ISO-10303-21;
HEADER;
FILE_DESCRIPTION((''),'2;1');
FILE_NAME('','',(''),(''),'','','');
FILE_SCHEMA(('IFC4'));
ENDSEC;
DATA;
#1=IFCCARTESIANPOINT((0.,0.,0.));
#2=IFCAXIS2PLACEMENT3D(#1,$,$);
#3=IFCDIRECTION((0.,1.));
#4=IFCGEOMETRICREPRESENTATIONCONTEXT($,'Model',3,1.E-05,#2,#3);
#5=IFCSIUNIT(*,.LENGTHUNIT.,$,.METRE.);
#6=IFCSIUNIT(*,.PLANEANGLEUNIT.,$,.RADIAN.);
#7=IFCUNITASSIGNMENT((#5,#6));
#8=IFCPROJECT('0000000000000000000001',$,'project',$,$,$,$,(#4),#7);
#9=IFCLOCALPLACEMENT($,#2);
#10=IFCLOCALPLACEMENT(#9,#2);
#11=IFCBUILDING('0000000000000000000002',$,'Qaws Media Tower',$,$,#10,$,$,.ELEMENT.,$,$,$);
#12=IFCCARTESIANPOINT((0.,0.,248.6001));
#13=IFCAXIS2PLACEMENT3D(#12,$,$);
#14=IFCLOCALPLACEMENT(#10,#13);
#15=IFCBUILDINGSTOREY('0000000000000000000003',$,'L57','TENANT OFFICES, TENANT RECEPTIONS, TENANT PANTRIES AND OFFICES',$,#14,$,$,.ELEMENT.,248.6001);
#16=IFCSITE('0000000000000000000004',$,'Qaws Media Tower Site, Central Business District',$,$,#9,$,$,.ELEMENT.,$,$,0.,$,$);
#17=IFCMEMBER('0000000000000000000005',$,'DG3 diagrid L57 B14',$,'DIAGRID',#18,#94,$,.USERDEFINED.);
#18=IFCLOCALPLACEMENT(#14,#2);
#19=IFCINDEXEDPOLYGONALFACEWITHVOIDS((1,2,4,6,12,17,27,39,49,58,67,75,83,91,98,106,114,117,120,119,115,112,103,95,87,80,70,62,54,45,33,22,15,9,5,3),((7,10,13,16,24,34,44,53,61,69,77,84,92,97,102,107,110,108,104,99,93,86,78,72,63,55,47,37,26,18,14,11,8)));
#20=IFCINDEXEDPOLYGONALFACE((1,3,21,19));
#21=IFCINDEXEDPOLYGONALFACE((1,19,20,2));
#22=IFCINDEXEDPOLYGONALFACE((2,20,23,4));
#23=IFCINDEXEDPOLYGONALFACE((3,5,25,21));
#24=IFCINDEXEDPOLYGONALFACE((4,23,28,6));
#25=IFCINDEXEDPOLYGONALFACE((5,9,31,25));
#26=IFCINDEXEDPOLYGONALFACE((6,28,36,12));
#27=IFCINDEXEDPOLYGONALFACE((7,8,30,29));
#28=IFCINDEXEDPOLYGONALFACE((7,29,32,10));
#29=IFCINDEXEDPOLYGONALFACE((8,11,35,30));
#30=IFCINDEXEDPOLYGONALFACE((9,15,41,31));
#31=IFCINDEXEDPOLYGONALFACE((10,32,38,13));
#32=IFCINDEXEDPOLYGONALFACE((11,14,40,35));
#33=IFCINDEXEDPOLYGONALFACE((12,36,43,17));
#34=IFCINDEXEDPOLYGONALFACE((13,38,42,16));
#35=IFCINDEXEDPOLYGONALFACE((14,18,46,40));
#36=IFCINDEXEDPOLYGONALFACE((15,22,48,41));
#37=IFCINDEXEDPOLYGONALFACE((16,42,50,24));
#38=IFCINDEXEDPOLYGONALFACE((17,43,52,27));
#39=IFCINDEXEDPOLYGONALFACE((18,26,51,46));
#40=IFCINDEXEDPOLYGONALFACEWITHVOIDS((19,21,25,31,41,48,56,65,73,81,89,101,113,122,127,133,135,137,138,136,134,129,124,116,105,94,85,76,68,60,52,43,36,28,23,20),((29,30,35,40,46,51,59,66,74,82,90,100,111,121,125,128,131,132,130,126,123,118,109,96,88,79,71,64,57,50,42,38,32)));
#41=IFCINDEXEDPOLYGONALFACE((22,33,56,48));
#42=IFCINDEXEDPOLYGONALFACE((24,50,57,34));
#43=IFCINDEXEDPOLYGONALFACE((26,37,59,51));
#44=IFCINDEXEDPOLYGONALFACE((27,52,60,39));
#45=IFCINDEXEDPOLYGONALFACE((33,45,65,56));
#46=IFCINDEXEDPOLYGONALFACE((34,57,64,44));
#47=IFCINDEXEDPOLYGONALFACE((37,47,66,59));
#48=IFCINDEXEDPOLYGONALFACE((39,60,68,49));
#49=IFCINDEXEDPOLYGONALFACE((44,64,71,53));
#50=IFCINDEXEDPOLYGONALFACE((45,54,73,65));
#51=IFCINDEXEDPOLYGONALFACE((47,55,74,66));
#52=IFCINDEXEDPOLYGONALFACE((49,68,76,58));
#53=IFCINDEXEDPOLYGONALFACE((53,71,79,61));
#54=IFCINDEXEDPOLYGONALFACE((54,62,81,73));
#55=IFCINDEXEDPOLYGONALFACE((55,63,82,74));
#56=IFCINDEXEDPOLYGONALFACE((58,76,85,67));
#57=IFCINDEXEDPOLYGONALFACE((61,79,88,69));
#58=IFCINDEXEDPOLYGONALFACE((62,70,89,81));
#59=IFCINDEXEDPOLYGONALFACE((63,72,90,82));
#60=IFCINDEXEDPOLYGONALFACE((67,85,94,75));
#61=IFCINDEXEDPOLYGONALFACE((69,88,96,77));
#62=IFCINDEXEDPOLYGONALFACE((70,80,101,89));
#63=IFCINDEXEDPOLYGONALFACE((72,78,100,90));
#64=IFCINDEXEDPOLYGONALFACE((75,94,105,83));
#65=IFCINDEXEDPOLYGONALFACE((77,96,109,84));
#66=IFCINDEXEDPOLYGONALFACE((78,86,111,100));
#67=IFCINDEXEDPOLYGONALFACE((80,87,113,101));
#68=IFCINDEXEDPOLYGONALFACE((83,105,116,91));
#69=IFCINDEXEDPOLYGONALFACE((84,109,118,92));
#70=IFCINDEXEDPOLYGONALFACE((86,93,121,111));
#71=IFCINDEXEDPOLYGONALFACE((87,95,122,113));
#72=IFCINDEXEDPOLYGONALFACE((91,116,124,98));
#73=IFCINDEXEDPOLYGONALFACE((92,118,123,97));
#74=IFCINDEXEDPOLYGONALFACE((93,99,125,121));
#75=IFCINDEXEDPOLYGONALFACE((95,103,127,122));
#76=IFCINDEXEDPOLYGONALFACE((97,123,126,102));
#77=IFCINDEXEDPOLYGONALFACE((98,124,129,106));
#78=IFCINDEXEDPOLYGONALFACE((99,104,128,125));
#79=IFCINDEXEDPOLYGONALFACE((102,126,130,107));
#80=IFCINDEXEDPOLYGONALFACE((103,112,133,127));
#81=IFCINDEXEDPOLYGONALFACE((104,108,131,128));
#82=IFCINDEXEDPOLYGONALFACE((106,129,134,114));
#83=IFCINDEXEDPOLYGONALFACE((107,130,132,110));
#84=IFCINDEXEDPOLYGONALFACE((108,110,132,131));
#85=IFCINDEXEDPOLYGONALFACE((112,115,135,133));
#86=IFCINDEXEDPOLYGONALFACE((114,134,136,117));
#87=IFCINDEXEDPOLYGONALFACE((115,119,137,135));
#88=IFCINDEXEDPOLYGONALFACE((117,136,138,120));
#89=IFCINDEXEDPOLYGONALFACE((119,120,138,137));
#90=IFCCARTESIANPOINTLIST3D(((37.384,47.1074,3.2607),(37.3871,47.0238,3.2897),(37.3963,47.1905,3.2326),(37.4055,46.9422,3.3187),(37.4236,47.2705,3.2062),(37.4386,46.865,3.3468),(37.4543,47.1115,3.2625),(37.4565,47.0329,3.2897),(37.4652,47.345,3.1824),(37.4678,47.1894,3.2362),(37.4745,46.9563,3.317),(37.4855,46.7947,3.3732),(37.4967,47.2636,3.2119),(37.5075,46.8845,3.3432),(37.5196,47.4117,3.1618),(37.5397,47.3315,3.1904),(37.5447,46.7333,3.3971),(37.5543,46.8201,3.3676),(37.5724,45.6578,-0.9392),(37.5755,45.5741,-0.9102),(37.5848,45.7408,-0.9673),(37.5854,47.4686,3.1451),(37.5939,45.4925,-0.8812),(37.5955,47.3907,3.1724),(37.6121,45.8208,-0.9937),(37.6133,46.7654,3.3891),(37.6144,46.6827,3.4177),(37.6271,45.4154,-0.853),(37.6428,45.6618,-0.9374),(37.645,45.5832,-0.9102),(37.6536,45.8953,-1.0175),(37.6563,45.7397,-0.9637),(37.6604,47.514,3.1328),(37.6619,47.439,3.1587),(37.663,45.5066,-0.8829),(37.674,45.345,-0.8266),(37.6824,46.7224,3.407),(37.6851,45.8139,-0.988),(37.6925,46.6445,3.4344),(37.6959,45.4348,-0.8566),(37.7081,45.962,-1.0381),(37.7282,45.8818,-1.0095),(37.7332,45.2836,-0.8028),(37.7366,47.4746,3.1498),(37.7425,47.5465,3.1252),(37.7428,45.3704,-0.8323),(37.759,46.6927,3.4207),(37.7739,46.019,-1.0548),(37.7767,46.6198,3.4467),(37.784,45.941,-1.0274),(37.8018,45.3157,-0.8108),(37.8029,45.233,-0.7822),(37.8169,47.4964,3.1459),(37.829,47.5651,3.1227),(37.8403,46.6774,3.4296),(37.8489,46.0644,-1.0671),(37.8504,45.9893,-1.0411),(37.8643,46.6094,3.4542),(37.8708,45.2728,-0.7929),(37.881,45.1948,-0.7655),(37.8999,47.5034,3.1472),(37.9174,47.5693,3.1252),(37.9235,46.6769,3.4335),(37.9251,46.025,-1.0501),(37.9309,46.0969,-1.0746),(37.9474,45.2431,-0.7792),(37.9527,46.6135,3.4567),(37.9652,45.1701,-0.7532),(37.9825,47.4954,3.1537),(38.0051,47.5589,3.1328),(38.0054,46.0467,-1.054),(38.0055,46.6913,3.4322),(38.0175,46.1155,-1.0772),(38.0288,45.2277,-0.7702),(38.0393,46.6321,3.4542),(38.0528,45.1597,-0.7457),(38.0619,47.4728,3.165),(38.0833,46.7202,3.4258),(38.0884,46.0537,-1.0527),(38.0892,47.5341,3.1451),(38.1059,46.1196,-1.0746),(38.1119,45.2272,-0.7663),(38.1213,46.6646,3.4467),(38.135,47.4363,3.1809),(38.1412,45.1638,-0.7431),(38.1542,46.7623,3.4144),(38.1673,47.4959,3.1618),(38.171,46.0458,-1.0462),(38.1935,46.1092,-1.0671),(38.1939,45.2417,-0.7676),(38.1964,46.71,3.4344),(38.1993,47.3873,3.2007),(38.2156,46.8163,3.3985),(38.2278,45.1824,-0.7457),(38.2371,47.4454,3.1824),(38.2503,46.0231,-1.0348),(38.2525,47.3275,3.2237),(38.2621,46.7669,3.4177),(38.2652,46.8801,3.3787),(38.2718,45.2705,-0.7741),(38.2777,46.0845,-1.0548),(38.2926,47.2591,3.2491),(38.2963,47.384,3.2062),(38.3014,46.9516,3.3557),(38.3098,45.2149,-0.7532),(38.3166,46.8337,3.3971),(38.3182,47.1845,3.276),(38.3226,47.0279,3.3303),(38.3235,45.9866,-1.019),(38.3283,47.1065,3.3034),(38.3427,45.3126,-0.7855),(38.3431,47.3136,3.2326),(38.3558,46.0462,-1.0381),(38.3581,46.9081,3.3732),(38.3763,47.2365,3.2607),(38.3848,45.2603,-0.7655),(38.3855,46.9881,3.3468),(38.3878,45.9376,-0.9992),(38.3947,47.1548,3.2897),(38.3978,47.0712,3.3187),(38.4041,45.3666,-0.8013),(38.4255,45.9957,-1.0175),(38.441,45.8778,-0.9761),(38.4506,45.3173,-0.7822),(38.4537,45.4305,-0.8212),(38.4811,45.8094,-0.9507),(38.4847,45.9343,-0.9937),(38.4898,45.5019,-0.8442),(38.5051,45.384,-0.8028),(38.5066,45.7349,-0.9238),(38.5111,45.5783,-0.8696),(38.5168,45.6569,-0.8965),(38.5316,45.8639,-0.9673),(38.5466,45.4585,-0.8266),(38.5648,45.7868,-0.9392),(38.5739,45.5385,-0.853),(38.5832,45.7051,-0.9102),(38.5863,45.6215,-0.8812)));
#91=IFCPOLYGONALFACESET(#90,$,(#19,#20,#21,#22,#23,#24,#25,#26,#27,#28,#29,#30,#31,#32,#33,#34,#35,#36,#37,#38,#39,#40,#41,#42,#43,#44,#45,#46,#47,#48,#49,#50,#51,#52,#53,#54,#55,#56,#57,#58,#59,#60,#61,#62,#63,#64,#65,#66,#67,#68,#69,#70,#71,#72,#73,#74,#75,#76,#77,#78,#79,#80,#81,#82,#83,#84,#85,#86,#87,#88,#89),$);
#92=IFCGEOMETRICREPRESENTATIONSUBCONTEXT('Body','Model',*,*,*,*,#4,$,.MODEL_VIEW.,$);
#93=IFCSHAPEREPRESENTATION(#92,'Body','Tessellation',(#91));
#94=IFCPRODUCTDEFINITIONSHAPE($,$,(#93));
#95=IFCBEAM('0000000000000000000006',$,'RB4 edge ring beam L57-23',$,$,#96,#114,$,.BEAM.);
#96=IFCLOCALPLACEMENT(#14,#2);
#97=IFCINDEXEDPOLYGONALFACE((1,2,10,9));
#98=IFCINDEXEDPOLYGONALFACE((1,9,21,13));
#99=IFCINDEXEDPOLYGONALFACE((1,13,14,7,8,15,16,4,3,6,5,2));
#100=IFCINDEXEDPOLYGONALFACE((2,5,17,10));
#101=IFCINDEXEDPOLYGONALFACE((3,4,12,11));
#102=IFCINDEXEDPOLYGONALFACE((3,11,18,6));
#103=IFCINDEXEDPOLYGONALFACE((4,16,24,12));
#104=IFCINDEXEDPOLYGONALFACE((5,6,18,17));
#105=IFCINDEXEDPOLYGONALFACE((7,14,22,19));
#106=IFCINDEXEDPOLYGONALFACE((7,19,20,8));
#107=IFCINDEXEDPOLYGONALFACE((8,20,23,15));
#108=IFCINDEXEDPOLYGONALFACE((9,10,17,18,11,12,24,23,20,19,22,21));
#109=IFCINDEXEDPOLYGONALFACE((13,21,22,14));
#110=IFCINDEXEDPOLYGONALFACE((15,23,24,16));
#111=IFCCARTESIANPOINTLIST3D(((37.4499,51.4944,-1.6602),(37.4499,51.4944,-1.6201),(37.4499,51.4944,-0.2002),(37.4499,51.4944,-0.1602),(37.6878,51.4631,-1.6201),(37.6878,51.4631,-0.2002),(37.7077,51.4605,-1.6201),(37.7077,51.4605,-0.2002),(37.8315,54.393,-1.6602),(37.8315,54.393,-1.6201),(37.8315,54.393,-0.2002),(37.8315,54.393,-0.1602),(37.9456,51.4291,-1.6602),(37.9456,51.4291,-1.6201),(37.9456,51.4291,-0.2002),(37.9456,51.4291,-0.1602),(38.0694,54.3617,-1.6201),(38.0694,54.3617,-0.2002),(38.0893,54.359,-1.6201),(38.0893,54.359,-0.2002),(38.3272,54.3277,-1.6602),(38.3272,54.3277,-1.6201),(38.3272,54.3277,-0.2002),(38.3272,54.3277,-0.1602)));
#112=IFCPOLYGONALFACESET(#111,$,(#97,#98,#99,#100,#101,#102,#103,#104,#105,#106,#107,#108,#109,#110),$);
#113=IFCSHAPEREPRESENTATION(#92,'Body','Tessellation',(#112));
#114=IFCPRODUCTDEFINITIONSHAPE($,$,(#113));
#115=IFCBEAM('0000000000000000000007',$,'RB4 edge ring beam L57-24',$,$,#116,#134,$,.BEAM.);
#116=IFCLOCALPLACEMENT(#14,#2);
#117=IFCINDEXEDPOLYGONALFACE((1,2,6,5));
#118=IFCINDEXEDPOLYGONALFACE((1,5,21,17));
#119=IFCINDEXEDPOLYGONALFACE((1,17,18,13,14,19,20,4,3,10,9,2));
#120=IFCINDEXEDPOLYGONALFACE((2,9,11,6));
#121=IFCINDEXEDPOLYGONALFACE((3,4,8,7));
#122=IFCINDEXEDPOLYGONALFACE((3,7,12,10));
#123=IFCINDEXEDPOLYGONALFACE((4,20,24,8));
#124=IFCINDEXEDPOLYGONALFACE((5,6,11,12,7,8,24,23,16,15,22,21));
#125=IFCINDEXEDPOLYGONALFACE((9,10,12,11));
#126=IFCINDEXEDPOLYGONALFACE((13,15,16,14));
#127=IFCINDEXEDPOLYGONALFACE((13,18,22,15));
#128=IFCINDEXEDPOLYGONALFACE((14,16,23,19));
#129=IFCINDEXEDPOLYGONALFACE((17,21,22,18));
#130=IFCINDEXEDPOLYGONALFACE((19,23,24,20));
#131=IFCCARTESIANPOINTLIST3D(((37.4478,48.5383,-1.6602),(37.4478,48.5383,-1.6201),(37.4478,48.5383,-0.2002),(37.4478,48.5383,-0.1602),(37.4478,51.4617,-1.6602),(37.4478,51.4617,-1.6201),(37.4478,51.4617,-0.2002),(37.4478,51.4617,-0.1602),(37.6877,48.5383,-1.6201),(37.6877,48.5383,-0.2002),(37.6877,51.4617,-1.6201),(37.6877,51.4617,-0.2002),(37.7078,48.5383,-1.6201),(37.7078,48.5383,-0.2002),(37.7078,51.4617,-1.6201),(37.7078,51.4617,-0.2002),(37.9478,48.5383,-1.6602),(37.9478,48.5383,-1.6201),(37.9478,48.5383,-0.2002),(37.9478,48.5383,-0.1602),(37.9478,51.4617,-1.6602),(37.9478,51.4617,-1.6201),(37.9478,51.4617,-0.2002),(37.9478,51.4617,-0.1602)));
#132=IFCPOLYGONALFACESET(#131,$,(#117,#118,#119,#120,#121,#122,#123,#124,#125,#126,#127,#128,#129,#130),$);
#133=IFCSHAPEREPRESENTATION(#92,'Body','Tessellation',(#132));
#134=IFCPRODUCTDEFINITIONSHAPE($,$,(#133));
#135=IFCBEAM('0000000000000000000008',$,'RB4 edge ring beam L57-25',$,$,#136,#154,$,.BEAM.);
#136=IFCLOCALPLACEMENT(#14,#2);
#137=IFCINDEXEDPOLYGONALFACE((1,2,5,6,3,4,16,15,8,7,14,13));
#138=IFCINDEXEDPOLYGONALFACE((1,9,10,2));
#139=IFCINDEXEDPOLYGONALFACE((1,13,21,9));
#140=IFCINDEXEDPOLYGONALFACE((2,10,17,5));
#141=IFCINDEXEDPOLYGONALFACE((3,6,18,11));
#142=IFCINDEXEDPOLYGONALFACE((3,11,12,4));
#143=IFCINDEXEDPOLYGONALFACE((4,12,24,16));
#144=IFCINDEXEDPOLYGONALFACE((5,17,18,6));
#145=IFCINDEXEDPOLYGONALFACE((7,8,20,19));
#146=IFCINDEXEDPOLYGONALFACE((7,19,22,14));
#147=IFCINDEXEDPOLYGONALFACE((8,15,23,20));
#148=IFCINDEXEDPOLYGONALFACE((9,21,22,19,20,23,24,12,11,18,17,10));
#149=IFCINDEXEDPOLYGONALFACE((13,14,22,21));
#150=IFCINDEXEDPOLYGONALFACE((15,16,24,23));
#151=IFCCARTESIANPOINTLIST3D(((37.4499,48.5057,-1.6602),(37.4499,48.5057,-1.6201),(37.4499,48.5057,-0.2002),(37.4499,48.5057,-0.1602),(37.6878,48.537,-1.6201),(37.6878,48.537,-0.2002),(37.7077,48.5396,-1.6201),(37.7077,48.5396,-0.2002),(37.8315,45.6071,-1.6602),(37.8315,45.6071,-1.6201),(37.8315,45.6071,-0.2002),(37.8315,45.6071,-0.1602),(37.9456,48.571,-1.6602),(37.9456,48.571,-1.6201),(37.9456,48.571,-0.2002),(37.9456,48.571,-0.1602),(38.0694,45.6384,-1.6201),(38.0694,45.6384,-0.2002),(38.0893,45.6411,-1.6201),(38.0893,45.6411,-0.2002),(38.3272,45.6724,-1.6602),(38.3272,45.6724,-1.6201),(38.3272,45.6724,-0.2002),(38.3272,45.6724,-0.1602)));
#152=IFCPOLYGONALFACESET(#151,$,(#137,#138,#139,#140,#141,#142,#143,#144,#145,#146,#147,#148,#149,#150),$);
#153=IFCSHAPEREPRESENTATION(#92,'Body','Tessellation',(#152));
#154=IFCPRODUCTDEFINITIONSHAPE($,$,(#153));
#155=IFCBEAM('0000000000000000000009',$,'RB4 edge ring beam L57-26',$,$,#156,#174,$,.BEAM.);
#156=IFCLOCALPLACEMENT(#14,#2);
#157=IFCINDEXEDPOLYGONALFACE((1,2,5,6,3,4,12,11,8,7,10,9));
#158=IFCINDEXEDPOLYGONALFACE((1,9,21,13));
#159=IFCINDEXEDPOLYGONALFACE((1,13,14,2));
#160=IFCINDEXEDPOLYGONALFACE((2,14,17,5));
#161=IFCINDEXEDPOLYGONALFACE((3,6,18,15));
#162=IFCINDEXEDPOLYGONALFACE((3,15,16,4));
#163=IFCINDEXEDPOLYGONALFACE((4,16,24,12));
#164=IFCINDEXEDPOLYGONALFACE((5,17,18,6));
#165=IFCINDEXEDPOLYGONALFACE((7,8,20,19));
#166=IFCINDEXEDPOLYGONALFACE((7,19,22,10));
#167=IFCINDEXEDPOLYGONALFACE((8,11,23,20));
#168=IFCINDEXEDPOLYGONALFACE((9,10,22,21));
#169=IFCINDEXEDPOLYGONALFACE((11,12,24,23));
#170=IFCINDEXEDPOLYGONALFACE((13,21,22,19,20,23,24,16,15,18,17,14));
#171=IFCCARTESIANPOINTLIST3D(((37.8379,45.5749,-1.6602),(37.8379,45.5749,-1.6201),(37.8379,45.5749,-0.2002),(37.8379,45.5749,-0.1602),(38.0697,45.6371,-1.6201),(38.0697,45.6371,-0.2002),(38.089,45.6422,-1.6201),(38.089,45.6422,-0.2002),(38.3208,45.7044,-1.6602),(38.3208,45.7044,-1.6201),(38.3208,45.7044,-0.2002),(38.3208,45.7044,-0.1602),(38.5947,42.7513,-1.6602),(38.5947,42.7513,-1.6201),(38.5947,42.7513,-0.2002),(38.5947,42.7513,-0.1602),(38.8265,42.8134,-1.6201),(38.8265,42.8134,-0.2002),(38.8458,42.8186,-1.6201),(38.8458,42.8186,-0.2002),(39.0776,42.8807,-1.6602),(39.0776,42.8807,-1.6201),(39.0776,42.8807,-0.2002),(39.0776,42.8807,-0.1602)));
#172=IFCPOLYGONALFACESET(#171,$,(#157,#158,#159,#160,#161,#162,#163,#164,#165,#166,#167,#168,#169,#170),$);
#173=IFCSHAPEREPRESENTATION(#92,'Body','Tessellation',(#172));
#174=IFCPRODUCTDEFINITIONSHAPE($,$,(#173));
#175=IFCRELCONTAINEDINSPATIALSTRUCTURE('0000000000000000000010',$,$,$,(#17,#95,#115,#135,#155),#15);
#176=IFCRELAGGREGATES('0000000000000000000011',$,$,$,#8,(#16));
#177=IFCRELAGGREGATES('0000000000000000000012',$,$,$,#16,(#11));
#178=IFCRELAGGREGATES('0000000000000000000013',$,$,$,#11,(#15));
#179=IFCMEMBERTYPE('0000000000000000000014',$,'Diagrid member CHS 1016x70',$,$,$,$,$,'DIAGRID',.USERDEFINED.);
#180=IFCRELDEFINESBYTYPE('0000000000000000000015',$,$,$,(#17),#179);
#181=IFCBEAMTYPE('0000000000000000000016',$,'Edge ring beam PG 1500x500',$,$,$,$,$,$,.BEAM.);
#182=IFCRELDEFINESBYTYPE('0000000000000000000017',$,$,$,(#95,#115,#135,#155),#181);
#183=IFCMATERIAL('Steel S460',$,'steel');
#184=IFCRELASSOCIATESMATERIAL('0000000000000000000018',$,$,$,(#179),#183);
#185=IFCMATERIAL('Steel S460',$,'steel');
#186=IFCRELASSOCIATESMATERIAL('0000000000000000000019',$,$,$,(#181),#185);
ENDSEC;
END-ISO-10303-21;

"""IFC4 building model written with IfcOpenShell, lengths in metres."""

from ifc_helpers import new_model, si_unit, direction, frame, origin, origin_2d, place, context, subcontext, project, spatial, hollow_circle, i_section, extrude, material, material_profile, profile_set, type_object, element, save


model = new_model("IFC4")

# Units and contexts
model_context = context("Model", 3, precision=1e-05, world=origin(), true_north=direction((0.0, 1.0)))
body_context = subcontext(model_context, "Body", "Model", "MODEL_VIEW")
ifc_project = project(units=[si_unit("LENGTHUNIT", "METRE"), si_unit("PLANEANGLEUNIT", "RADIAN")], contexts=[model_context])

# Site, building, storey
site_placement = place(None, origin())
site = spatial("IfcSite", under=ifc_project, at=site_placement, Name="Qaws Media Tower Site, Central Business District", CompositionType="ELEMENT", RefElevation=0.0)
building_placement = place(site_placement, origin())
building = spatial("IfcBuilding", under=site, at=building_placement, Name="Qaws Media Tower", CompositionType="ELEMENT")
storey_placement = place(building_placement, frame((0.0, 0.0, 248.6001)))
storey = spatial("IfcBuildingStorey", under=building, at=storey_placement, Name="L57", Description="TENANT OFFICES, TENANT RECEPTIONS, TENANT PANTRIES AND OFFICES", CompositionType="ELEMENT", Elevation=248.6001)

# Member
ifc_material_1 = material(Name="Steel S460", Category="steel")
ifc_material_profile_1 = material_profile(ifc_material_1, hollow_circle(Radius=0.5081, WallThickness=0.0701, at=origin_2d()), Name="CHS 1016x70")
ifc_profile_set_1 = profile_set([ifc_material_profile_1], Name="Steel S460")
member_type_1 = type_object("IfcMemberType", Name="Diagrid member CHS 1016x70", ElementType="DIAGRID", PredefinedType="USERDEFINED", material=ifc_profile_set_1)
for number, where, z_axis, x_axis, name in (
    (1, (38.0793, 45.6396, -0.9102), (-0.042382, 0.325989, 0.944423), (-0.991654, -0.128925, 0.0), "DG3 diagrid L57 B14"),
):
    element("IfcMember", number, at=place(storey_placement, frame(where, z_axis=z_axis, x_axis=x_axis)), inside=storey, type_object=member_type_1, Name=name, ObjectType="DIAGRID", PredefinedType="USERDEFINED", context=body_context, shape_type="SweptSolid", body=[
        extrude(hollow_circle(Radius=0.5081, WallThickness=0.0701, at=origin_2d()), origin(), (0.0, 0.0, 1.0), 4.447),
    ])

# Beams
ifc_material_2 = material(Name="Steel S460", Category="steel")
ifc_material_profile_2 = material_profile(ifc_material_2, i_section(OverallWidth=0.5, OverallDepth=1.5, WebThickness=0.02, FlangeThickness=0.04, at=origin_2d()), Name="PG 1500x500")
ifc_profile_set_2 = profile_set([ifc_material_profile_2], Name="Steel S460")
beam_type_1 = type_object("IfcBeamType", Name="Edge ring beam PG 1500x500", PredefinedType="BEAM", material=ifc_profile_set_2)
beam_1_placement = place(storey_placement, frame((38.0793, 54.3604, -0.9102), z_axis=(-0.130517, -0.991446, 0.0), x_axis=(0.991446, -0.130517, 0.0)))
element("IfcBeam", 2, at=beam_1_placement, inside=storey, type_object=beam_type_1, Name="RB4 edge ring beam L57-23", PredefinedType="BEAM", context=body_context, shape_type="SweptSolid", body=[
    extrude(i_section(OverallWidth=0.5, OverallDepth=1.5, WebThickness=0.02, FlangeThickness=0.04, at=origin_2d()), origin(), (0.0, 0.0, 1.0), 2.9236),
])
beam_2_placement = place(storey_placement, frame((37.6978, 51.4617, -0.9102), z_axis=(0.0, -1.0, 0.0), x_axis=(1.0, 0.0, 0.0)))
element("IfcBeam", 3, at=beam_2_placement, inside=storey, type_object=beam_type_1, Name="RB4 edge ring beam L57-24", PredefinedType="BEAM", context=body_context, shape_type="SweptSolid", body=[
    extrude(i_section(OverallWidth=0.5, OverallDepth=1.5, WebThickness=0.02, FlangeThickness=0.04, at=origin_2d()), origin(), (0.0, 0.0, 1.0), 2.9233),
])
beam_3_placement = place(storey_placement, frame((37.6978, 48.5383, -0.9102), z_axis=(0.130517, -0.991446, 0.0), x_axis=(0.991446, 0.130517, 0.0)))
element("IfcBeam", 4, at=beam_3_placement, inside=storey, type_object=beam_type_1, Name="RB4 edge ring beam L57-25", PredefinedType="BEAM", context=body_context, shape_type="SweptSolid", body=[
    extrude(i_section(OverallWidth=0.5, OverallDepth=1.5, WebThickness=0.02, FlangeThickness=0.04, at=origin_2d()), origin(), (0.0, 0.0, 1.0), 2.9236),
])
beam_4_placement = place(storey_placement, frame((38.0793, 45.6396, -0.9102), z_axis=(0.258889, -0.965907, 0.0), x_axis=(0.965907, 0.258889, 0.0)))
element("IfcBeam", 5, at=beam_4_placement, inside=storey, type_object=beam_type_1, Name="RB4 edge ring beam L57-26", PredefinedType="BEAM", context=body_context, shape_type="SweptSolid", body=[
    extrude(i_section(OverallWidth=0.5, OverallDepth=1.5, WebThickness=0.02, FlangeThickness=0.04, at=origin_2d()), origin(), (0.0, 0.0, 1.0), 2.9233),
])

save(model, "model.ifc")
